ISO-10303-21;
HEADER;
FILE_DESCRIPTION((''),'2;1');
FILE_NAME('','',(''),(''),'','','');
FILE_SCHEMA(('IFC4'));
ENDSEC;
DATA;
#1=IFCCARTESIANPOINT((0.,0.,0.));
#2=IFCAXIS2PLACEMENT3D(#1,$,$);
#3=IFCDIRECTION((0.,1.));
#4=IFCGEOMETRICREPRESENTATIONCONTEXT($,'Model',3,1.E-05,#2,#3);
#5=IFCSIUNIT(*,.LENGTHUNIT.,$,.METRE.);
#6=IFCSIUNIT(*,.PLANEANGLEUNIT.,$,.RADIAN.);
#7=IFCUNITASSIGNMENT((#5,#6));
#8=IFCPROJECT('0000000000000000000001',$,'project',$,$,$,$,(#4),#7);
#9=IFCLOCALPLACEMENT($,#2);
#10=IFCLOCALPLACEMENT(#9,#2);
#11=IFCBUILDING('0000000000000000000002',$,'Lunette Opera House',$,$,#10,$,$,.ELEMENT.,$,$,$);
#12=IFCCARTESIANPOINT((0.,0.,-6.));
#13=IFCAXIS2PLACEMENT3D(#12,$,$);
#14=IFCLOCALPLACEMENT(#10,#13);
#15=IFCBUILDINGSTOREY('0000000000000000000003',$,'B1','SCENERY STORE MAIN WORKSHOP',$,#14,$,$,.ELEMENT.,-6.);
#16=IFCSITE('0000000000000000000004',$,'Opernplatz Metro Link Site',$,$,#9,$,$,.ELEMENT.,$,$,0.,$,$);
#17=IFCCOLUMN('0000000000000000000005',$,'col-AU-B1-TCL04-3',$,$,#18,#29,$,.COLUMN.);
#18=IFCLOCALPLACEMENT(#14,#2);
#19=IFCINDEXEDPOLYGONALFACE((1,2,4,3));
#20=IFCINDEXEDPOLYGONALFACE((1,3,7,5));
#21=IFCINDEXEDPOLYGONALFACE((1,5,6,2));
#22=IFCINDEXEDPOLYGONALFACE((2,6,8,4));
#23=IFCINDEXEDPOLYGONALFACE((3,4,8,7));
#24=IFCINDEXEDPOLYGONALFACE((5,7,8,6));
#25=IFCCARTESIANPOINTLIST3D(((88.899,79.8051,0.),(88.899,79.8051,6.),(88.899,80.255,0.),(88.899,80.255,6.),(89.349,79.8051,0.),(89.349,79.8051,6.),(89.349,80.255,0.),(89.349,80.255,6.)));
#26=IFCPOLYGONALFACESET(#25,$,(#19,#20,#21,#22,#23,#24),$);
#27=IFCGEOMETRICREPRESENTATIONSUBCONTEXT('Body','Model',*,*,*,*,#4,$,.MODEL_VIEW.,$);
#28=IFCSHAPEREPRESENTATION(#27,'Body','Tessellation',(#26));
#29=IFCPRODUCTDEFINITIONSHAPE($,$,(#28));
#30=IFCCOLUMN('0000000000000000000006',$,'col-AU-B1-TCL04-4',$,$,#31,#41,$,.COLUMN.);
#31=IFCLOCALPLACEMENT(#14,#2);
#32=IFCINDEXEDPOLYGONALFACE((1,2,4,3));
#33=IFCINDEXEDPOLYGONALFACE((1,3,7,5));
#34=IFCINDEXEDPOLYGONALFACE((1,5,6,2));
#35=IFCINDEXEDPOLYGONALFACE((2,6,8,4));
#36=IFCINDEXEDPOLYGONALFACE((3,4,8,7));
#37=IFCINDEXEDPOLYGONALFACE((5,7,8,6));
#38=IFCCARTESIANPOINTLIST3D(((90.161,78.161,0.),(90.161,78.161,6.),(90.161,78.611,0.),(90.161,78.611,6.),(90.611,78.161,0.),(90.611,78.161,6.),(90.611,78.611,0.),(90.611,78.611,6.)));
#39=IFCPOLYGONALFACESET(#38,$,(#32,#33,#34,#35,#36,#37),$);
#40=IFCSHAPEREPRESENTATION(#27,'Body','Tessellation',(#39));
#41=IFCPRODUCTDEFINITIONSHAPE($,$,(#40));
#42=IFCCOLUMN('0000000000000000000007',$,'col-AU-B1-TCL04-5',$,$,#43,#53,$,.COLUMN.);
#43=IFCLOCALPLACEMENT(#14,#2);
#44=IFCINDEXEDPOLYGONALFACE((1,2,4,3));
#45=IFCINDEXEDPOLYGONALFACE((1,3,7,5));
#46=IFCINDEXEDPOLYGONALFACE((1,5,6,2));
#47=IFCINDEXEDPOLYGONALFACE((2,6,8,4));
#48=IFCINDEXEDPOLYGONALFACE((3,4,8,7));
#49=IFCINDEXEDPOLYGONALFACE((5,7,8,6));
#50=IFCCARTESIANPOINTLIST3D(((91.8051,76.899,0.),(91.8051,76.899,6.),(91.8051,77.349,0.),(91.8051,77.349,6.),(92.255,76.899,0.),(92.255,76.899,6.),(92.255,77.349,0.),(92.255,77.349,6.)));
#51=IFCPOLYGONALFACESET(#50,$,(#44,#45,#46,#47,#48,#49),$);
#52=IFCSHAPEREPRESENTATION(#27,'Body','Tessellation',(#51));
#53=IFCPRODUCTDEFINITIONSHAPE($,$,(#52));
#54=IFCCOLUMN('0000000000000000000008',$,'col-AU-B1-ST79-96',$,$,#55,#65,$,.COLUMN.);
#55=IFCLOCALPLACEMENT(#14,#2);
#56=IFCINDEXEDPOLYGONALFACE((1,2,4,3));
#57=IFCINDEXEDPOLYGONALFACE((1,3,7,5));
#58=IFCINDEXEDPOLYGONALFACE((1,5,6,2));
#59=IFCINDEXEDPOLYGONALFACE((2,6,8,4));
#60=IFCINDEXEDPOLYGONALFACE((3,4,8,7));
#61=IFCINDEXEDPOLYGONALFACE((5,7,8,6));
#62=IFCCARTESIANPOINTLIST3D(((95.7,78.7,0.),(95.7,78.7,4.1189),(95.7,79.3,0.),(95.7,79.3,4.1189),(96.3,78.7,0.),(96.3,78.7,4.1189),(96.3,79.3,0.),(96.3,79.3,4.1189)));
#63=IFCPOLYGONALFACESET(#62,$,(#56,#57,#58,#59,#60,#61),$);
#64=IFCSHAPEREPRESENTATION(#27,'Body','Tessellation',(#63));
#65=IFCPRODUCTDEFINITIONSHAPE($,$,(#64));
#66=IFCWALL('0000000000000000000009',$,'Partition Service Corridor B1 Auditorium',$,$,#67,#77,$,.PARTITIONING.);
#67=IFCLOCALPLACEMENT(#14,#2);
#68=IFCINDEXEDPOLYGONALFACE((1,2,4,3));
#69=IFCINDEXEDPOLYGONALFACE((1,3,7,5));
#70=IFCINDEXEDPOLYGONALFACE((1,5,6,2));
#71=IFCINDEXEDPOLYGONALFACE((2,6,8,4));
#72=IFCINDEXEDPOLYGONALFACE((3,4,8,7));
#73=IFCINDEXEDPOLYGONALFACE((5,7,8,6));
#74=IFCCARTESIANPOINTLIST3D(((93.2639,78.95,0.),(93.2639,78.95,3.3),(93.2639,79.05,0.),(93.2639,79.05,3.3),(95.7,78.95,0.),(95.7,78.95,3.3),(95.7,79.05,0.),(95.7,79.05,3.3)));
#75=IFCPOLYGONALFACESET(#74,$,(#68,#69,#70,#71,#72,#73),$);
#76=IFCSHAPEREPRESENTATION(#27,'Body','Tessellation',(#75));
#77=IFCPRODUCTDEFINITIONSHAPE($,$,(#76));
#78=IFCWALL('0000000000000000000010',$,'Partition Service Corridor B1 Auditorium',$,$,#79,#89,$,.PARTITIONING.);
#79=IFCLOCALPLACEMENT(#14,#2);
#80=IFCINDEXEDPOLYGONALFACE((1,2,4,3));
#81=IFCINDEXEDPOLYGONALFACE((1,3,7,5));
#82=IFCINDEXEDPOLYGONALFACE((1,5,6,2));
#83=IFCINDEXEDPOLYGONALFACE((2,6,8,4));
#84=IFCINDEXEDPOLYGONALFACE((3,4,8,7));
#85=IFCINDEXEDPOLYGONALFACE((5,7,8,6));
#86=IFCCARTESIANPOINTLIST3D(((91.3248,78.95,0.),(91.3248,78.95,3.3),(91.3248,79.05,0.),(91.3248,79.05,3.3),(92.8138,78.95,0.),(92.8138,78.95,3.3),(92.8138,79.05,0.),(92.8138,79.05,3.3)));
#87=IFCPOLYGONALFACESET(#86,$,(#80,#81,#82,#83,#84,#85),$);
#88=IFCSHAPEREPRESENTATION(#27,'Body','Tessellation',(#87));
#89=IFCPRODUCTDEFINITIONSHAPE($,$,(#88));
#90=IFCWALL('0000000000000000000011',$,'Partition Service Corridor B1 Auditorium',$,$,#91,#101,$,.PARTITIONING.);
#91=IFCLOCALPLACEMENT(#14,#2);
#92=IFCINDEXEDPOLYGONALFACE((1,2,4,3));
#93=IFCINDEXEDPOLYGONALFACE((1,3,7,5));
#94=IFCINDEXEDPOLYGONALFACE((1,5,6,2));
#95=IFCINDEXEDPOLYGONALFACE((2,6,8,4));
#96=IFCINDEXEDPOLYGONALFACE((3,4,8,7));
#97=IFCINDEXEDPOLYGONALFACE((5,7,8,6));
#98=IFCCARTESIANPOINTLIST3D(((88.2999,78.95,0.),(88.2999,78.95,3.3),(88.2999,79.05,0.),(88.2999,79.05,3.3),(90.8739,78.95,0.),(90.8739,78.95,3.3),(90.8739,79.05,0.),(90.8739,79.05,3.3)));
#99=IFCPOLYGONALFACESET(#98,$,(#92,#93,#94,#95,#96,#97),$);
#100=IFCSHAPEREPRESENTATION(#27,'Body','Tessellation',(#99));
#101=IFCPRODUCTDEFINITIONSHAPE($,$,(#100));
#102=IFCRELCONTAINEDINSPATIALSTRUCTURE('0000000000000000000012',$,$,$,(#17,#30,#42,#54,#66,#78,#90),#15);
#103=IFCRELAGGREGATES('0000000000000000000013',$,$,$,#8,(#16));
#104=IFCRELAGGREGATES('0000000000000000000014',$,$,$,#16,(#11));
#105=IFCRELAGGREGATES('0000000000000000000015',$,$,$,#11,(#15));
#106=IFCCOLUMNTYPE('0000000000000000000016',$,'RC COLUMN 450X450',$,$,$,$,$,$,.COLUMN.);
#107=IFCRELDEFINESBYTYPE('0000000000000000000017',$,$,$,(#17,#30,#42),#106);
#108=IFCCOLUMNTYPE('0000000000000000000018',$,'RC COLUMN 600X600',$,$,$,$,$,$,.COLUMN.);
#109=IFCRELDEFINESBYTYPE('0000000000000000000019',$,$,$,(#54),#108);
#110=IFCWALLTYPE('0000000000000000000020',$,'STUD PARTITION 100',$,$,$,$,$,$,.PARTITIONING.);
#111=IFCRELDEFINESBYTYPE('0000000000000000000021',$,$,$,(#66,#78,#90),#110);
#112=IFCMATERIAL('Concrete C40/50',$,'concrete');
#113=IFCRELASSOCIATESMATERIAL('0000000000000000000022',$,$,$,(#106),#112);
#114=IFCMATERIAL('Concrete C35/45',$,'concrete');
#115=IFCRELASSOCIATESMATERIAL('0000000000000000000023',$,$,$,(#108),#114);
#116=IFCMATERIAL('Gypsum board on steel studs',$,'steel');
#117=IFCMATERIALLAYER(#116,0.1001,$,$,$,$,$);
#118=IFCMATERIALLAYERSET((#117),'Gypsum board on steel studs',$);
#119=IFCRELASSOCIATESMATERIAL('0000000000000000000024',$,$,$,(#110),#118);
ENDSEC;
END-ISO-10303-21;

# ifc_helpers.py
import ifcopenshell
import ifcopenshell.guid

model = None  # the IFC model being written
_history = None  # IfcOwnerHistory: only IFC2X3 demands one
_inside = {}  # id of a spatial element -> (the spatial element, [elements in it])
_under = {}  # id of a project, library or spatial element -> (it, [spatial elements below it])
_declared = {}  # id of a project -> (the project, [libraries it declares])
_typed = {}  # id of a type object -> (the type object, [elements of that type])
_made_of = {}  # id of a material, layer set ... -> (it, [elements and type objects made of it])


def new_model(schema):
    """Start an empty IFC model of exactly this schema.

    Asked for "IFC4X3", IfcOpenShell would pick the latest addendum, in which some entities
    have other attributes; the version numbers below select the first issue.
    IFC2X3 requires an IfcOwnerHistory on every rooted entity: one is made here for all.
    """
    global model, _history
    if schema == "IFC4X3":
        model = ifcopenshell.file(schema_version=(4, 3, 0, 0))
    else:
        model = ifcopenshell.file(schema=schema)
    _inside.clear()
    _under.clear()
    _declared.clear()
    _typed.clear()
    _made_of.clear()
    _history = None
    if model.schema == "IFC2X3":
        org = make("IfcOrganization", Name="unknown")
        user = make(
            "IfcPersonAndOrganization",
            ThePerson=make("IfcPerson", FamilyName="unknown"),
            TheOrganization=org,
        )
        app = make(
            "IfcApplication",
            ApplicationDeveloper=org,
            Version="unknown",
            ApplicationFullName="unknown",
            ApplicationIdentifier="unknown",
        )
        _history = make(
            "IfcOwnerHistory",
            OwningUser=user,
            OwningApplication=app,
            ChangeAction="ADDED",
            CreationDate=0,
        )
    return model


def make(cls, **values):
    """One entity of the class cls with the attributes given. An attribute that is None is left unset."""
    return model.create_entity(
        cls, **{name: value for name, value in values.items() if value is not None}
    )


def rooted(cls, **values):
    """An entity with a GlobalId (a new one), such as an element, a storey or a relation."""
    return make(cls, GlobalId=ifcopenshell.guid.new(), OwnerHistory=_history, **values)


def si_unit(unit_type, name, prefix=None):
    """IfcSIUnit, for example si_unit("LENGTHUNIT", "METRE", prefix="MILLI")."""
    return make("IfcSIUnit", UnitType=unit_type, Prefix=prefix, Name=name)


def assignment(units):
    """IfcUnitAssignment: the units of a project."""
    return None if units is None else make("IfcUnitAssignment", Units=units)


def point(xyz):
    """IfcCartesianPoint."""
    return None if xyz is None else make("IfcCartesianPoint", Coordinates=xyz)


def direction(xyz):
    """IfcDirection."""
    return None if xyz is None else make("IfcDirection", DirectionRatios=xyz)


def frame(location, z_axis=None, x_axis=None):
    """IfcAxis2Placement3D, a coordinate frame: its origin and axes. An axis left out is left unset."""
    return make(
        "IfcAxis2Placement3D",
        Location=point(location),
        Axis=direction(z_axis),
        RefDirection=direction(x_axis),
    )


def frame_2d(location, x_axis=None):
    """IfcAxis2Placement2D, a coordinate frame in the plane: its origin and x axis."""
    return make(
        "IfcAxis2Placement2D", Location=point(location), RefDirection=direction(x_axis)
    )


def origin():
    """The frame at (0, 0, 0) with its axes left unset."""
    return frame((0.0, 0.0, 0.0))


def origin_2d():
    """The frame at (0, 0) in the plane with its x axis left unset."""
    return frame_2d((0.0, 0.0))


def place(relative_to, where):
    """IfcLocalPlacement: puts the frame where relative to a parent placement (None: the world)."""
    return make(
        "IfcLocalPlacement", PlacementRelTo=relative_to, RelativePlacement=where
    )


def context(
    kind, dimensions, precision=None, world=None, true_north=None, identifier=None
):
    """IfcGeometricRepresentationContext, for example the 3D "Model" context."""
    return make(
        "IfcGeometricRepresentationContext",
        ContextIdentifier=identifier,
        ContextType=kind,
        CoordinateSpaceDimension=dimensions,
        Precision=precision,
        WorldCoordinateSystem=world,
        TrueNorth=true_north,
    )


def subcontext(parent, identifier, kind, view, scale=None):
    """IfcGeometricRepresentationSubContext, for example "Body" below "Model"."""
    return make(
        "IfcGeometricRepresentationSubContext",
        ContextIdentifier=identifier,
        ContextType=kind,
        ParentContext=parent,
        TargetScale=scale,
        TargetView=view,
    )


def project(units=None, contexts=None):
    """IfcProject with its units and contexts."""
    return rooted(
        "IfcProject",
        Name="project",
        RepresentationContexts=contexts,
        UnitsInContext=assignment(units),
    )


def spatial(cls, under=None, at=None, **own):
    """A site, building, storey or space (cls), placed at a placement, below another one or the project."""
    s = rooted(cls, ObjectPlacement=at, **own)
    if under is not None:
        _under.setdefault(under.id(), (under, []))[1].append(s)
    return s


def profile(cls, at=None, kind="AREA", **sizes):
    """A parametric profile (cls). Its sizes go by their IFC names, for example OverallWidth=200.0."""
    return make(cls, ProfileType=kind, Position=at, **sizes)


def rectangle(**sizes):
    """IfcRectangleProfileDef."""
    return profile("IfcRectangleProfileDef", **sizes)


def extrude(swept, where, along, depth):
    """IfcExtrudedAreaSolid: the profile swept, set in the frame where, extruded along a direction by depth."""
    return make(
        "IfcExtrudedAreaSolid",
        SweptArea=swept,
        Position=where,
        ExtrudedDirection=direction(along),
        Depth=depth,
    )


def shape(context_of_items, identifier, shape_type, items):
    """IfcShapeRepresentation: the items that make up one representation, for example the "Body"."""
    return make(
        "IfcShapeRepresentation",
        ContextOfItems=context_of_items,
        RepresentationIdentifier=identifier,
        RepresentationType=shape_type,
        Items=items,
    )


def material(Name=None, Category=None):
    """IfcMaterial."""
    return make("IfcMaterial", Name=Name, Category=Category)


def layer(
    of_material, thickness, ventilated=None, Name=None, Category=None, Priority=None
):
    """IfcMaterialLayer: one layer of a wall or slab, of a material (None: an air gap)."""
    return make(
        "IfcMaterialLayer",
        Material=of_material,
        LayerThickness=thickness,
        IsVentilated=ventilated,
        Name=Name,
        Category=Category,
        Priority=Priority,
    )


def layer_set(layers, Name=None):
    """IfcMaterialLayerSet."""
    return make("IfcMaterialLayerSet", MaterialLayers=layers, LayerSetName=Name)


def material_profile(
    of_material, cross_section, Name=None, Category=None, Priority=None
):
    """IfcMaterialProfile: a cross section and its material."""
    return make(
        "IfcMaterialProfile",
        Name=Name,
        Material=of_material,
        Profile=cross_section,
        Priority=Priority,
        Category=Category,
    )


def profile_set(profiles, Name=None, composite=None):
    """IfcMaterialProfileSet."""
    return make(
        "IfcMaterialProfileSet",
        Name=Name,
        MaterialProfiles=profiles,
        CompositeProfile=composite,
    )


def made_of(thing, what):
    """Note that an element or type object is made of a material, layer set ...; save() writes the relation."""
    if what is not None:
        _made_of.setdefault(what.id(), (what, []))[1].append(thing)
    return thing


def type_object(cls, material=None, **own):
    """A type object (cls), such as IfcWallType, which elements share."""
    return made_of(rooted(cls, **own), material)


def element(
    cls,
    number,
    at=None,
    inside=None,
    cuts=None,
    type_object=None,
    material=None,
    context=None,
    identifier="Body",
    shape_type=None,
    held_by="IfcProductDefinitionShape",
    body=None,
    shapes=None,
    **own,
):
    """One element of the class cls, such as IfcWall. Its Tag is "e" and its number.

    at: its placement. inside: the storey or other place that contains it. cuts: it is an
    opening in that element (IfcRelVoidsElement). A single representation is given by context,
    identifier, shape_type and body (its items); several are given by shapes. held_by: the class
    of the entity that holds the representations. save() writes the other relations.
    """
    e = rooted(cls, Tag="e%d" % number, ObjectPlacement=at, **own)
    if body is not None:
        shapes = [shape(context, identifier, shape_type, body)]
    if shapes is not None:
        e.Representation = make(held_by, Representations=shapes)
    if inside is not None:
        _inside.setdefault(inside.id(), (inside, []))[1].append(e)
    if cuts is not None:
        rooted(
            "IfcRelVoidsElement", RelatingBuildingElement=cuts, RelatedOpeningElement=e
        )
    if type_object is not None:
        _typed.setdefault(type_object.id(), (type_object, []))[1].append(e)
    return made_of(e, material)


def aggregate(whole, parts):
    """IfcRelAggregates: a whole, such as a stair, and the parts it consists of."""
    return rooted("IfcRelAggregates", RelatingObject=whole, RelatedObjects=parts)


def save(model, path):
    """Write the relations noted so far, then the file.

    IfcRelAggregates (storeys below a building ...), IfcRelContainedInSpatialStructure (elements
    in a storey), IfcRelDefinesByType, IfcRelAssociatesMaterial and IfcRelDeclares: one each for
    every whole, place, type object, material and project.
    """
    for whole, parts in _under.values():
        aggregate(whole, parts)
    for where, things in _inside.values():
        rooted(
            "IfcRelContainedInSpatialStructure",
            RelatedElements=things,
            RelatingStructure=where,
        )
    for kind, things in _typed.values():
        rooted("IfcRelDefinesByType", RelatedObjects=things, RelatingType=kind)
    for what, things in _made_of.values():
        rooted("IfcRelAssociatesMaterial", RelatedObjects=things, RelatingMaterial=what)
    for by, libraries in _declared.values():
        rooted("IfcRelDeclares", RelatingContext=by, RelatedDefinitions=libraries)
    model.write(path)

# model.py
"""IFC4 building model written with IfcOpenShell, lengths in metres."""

from ifc_helpers import new_model, si_unit, direction, frame, frame_2d, origin, origin_2d, place, context, subcontext, project, spatial, rectangle, extrude, material, layer, layer_set, material_profile, profile_set, type_object, element, save


model = new_model("IFC4")

# Units and contexts
model_context = context("Model", 3, precision=1e-05, world=origin(), true_north=direction((0.0, 1.0)))
body_context = subcontext(model_context, "Body", "Model", "MODEL_VIEW")
ifc_project = project(units=[si_unit("LENGTHUNIT", "METRE"), si_unit("PLANEANGLEUNIT", "RADIAN")], contexts=[model_context])

# Site, building, storey
site_placement = place(None, origin())
site = spatial("IfcSite", under=ifc_project, at=site_placement, Name="Opernplatz Metro Link Site", CompositionType="ELEMENT", RefElevation=0.0)
building_placement = place(site_placement, origin())
building = spatial("IfcBuilding", under=site, at=building_placement, Name="Lunette Opera House", CompositionType="ELEMENT")
storey_placement = place(building_placement, frame((0.0, 0.0, -6.0)))
storey = spatial("IfcBuildingStorey", under=building, at=storey_placement, Name="B1", Description="SCENERY STORE MAIN WORKSHOP", CompositionType="ELEMENT", Elevation=-6.0)

# Columns
ifc_material_1 = material(Name="Concrete C40/50", Category="concrete")
ifc_material_profile_1 = material_profile(ifc_material_1, rectangle(XDim=0.45, YDim=0.45, at=origin_2d()), Name="RC COLUMN 450X450")
ifc_profile_set_1 = profile_set([ifc_material_profile_1], Name="Concrete C40/50")
column_type_1 = type_object("IfcColumnType", Name="RC COLUMN 450X450", PredefinedType="COLUMN", material=ifc_profile_set_1)
for number, where, z_axis, x_axis, name in (
    (1, (89.124, 80.03, 0.0), (0.0, 0.0, 1.0), (1.0, 0.0, 0.0), "col-AU-B1-TCL04-3"),
    (2, (90.386, 78.386, 0.0), (0.0, 0.0, 1.0), (1.0, 0.0, 0.0), "col-AU-B1-TCL04-4"),
    (3, (92.03, 77.124, 0.0), (0.0, 0.0, 1.0), (1.0, 0.0, 0.0), "col-AU-B1-TCL04-5"),
):
    element("IfcColumn", number, at=place(storey_placement, frame(where, z_axis=z_axis, x_axis=x_axis)), inside=storey, type_object=column_type_1, Name=name, PredefinedType="COLUMN", context=body_context, shape_type="SweptSolid", body=[
        extrude(rectangle(XDim=0.45, YDim=0.45, at=origin_2d()), origin(), (0.0, 0.0, 1.0), 6.0),
    ])
ifc_material_2 = material(Name="Concrete C35/45", Category="concrete")
ifc_material_profile_2 = material_profile(ifc_material_2, rectangle(XDim=0.6001, YDim=0.6001, at=origin_2d()), Name="RC COLUMN 600X600")
ifc_profile_set_2 = profile_set([ifc_material_profile_2], Name="Concrete C35/45")
column_type_2 = type_object("IfcColumnType", Name="RC COLUMN 600X600", PredefinedType="COLUMN", material=ifc_profile_set_2)
column_placement = place(storey_placement, frame((96.0, 79.0, 0.0), z_axis=(0.0, 0.0, 1.0), x_axis=(1.0, 0.0, 0.0)))
element("IfcColumn", 4, at=column_placement, inside=storey, type_object=column_type_2, Name="col-AU-B1-ST79-96", PredefinedType="COLUMN", context=body_context, shape_type="SweptSolid", body=[
    extrude(rectangle(XDim=0.6001, YDim=0.6001, at=origin_2d()), origin(), (0.0, 0.0, 1.0), 4.1189),
])

# Walls
ifc_material_3 = material(Name="Gypsum board on steel studs", Category="steel")
ifc_layer = layer(ifc_material_3, 0.1001)
ifc_layer_set = layer_set([ifc_layer], Name="Gypsum board on steel studs")
wall_type = type_object("IfcWallType", Name="STUD PARTITION 100", PredefinedType="PARTITIONING", material=ifc_layer_set)
wall_1_placement = place(storey_placement, frame((95.7, 79.0, 0.0), z_axis=(0.0, 0.0, 1.0), x_axis=(-1.0, 0.0, 0.0)))
element("IfcWall", 5, at=wall_1_placement, inside=storey, type_object=wall_type, Name="Partition Service Corridor B1 Auditorium", PredefinedType="PARTITIONING", context=body_context, shape_type="SweptSolid", body=[
    extrude(rectangle(XDim=2.436, YDim=0.1001, at=frame_2d((1.218, 0.0))), origin(), (0.0, 0.0, 1.0), 3.3),
])
wall_2_placement = place(storey_placement, frame((92.814, 79.0, 0.0), z_axis=(0.0, 0.0, 1.0), x_axis=(-1.0, 0.0, 0.0)))
element("IfcWall", 6, at=wall_2_placement, inside=storey, type_object=wall_type, Name="Partition Service Corridor B1 Auditorium", PredefinedType="PARTITIONING", context=body_context, shape_type="SweptSolid", body=[
    extrude(rectangle(XDim=1.489, YDim=0.1001, at=frame_2d((0.7446, 0.0))), origin(), (0.0, 0.0, 1.0), 3.3),
])
wall_3_placement = place(storey_placement, frame((90.874, 79.0, 0.0), z_axis=(0.0, 0.0, 1.0), x_axis=(-1.0, 0.0, 0.0)))
element("IfcWall", 7, at=wall_3_placement, inside=storey, type_object=wall_type, Name="Partition Service Corridor B1 Auditorium", PredefinedType="PARTITIONING", context=body_context, shape_type="SweptSolid", body=[
    extrude(rectangle(XDim=2.574, YDim=0.1001, at=frame_2d((1.2871, 0.0))), origin(), (0.0, 0.0, 1.0), 3.3),
])

save(model, "model.ifc")
